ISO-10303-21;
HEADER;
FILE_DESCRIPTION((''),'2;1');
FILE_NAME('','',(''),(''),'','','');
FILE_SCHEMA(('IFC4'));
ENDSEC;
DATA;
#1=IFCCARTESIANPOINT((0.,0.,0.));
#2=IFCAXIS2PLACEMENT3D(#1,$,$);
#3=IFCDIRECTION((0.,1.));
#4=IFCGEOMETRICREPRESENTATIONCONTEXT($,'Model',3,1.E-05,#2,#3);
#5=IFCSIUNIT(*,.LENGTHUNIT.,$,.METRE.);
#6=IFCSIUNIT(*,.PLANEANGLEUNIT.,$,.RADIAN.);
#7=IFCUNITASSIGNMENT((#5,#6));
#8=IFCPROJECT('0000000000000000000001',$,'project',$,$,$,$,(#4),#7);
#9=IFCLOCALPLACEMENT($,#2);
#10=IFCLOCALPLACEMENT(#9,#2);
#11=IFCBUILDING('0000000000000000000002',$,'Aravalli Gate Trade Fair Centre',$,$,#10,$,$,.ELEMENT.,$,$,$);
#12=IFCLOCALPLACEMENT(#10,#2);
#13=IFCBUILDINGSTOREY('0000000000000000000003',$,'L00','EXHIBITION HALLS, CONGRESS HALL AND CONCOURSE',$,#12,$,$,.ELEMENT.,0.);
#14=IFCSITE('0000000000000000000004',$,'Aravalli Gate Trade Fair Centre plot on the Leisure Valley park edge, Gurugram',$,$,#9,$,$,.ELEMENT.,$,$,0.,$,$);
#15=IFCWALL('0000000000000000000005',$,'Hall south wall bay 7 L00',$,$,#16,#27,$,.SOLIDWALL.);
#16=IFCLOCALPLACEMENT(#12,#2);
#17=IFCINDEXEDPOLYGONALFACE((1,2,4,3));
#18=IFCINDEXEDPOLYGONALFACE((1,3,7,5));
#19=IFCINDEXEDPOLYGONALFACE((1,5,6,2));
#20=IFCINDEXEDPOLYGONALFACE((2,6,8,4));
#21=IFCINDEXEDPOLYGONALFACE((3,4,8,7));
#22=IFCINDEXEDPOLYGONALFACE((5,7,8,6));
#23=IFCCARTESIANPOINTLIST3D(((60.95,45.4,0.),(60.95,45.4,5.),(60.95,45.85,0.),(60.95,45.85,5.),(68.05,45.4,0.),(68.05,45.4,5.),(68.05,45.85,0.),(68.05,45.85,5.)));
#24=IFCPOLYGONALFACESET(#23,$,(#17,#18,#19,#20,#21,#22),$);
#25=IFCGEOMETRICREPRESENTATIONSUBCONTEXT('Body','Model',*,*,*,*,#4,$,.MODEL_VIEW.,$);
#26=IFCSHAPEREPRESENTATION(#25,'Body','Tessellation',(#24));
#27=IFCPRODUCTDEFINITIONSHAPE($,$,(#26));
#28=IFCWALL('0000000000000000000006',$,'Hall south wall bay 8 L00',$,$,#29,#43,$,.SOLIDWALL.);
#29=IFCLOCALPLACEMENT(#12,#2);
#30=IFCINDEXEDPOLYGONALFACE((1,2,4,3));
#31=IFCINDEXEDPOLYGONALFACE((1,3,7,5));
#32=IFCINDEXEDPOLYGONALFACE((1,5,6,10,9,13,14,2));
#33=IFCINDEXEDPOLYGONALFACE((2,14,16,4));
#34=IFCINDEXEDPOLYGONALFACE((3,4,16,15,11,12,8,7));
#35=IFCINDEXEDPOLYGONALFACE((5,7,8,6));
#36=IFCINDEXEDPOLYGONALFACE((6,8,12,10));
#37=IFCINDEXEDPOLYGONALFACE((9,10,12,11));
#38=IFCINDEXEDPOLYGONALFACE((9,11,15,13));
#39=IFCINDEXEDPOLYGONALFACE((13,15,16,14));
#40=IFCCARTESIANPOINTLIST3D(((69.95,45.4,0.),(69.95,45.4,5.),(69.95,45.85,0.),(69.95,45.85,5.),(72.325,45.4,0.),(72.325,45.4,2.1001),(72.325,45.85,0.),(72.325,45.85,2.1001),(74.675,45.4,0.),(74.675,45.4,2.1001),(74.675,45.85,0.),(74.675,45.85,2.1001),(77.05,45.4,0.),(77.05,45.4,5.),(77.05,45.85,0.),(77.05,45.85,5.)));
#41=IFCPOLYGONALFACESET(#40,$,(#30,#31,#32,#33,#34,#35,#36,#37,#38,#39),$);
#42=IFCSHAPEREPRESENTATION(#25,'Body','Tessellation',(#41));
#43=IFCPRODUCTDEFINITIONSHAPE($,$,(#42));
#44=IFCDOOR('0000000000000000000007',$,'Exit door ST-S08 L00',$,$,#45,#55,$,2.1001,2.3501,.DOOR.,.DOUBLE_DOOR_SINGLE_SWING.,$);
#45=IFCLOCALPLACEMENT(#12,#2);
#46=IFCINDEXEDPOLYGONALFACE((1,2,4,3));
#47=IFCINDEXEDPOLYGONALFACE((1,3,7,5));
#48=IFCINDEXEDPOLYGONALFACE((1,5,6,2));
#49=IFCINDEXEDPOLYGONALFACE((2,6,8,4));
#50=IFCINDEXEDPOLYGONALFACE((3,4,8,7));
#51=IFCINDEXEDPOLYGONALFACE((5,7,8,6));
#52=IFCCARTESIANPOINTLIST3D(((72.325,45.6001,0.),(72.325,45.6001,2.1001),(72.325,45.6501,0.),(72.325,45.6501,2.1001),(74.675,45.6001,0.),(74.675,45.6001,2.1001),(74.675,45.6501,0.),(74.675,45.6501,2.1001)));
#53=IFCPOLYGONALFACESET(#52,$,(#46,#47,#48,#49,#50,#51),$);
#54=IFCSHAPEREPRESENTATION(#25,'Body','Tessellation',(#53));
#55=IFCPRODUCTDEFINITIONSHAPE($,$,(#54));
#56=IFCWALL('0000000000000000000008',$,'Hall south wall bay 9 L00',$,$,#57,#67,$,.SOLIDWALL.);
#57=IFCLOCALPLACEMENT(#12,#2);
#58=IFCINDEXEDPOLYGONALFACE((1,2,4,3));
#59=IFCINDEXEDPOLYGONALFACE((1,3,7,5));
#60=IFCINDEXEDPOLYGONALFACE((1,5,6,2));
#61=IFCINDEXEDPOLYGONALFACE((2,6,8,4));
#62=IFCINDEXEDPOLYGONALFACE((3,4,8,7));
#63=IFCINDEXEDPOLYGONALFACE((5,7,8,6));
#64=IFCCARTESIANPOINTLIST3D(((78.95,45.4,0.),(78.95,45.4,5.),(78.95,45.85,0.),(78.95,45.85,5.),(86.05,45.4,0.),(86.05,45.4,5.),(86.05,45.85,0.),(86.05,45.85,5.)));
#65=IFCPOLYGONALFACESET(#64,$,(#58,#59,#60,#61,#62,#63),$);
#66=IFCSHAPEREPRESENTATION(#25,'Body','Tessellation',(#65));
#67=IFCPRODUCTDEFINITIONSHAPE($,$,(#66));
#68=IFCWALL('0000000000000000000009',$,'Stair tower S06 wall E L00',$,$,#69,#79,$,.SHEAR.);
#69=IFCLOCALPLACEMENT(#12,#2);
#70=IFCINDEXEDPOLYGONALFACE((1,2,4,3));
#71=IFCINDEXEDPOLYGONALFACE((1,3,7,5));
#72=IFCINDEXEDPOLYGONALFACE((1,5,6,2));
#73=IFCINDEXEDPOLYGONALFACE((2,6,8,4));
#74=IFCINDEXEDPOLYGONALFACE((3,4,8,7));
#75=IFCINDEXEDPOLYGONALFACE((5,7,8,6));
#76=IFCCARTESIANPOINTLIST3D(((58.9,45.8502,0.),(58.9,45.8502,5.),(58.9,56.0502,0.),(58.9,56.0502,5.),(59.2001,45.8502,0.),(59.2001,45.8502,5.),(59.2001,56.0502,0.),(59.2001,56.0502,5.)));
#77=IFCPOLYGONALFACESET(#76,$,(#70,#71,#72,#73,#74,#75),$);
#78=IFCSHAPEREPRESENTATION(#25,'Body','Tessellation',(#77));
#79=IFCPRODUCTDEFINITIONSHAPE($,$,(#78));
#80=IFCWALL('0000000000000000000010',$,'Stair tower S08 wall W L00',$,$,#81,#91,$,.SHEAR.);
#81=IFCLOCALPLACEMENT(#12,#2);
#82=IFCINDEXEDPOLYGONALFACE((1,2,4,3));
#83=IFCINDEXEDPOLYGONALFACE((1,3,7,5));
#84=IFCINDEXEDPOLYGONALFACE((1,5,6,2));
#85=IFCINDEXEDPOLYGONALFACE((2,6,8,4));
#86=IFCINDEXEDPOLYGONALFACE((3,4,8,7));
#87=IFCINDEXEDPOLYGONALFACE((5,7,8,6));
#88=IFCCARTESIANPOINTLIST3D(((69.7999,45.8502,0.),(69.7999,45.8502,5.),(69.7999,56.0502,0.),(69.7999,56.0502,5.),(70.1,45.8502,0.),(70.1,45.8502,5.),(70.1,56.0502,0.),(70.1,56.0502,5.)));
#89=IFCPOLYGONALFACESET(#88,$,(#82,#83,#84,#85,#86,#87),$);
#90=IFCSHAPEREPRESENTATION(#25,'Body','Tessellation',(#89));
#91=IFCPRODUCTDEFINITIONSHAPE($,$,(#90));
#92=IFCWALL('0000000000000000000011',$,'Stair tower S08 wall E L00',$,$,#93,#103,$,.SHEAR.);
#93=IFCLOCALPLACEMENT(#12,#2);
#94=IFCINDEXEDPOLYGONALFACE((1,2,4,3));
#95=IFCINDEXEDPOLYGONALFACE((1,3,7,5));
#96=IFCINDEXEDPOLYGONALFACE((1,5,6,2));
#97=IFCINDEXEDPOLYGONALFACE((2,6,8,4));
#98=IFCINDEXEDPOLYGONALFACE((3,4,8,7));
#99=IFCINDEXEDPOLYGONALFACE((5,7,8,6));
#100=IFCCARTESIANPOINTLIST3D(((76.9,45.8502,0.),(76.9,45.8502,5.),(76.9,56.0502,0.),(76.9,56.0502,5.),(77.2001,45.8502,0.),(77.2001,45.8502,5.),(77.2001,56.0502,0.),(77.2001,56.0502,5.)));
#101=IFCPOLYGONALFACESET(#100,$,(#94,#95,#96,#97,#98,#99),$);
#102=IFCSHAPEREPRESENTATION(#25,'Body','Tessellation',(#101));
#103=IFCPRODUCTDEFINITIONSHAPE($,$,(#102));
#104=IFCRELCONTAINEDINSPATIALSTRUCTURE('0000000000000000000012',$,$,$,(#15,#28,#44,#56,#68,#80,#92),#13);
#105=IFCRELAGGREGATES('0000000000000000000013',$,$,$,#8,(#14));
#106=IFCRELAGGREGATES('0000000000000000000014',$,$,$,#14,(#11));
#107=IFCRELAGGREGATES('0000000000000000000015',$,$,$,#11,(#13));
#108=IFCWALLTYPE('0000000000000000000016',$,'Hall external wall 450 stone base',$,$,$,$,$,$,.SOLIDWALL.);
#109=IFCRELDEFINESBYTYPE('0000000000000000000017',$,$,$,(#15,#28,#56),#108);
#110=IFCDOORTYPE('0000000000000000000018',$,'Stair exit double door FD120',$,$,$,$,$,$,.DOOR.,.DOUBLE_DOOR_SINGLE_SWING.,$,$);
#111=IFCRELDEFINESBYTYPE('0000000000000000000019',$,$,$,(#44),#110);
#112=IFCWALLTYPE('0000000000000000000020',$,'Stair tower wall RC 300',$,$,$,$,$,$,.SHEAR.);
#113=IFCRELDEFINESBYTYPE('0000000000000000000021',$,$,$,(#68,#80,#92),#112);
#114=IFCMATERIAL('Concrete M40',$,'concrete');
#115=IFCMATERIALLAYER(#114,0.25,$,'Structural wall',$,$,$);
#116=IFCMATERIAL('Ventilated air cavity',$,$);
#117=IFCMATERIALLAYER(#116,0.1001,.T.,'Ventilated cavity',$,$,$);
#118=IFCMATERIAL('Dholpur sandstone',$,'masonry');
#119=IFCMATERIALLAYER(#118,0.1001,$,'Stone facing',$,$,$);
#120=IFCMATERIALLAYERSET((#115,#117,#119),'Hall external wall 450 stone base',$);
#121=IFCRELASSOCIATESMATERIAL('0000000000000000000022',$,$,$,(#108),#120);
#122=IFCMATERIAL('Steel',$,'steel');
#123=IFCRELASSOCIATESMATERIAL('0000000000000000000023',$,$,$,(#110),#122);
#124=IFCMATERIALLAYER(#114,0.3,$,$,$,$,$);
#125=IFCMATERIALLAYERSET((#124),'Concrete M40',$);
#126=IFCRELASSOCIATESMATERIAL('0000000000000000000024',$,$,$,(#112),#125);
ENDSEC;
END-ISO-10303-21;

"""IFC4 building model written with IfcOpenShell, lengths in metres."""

from ifc_helpers import new_model, si_unit, direction, frame, frame_2d, origin, place, context, subcontext, project, spatial, rectangle, extrude, material, layer, layer_set, type_object, element, fill, save


model = new_model("IFC4")

# Units and contexts
model_context = context("Model", 3, precision=1e-05, world=origin(), true_north=direction((0.0, 1.0)))
body_context = subcontext(model_context, "Body", "Model", "MODEL_VIEW")
ifc_project = project(units=[si_unit("LENGTHUNIT", "METRE"), si_unit("PLANEANGLEUNIT", "RADIAN")], contexts=[model_context])

# Site, building, storey
site_placement = place(None, origin())
site = spatial("IfcSite", under=ifc_project, at=site_placement, Name="Aravalli Gate Trade Fair Centre plot on the Leisure Valley park edge, Gurugram", CompositionType="ELEMENT", RefElevation=0.0)
building_placement = place(site_placement, origin())
building = spatial("IfcBuilding", under=site, at=building_placement, Name="Aravalli Gate Trade Fair Centre", CompositionType="ELEMENT")
storey_placement = place(building_placement, origin())
storey = spatial("IfcBuildingStorey", under=building, at=storey_placement, Name="L00", Description="EXHIBITION HALLS, CONGRESS HALL AND CONCOURSE", CompositionType="ELEMENT", Elevation=0.0)

# Shared definitions
ifc_material_1 = material(Name="Steel", Category="steel")

# Wall
ifc_material_2 = material(Name="Concrete M40", Category="concrete")
ifc_layer_1 = layer(ifc_material_2, 0.25, Name="Structural wall")
ifc_material_3 = material(Name="Ventilated air cavity")
ifc_layer_2 = layer(ifc_material_3, 0.1001, ventilated=True, Name="Ventilated cavity")
ifc_material_4 = material(Name="Dholpur sandstone", Category="masonry")
ifc_layer_3 = layer(ifc_material_4, 0.1001, Name="Stone facing")
ifc_layer_set_1 = layer_set([ifc_layer_1, ifc_layer_2, ifc_layer_3], Name="Hall external wall 450 stone base")
wall_type_1 = type_object("IfcWallType", Name="Hall external wall 450 stone base", PredefinedType="SOLIDWALL", material=ifc_layer_set_1)
wall_1_placement = place(storey_placement, frame((60.95, 45.625, 0.0), z_axis=(0.0, 0.0, 1.0), x_axis=(1.0, 0.0, 0.0)))
element("IfcWall", 1, at=wall_1_placement, inside=storey, type_object=wall_type_1, Name="Hall south wall bay 7 L00", PredefinedType="SOLIDWALL", context=body_context, shape_type="SweptSolid", body=[
    extrude(rectangle(XDim=7.1001, YDim=0.45, at=frame_2d((3.55, 0.0))), origin(), (0.0, 0.0, 1.0), 5.0),
])

# Wall, opening, door
wall_2_placement = place(storey_placement, frame((69.95, 45.625, 0.0), z_axis=(0.0, 0.0, 1.0), x_axis=(1.0, 0.0, 0.0)))
wall_2 = element("IfcWall", 2, at=wall_2_placement, inside=storey, type_object=wall_type_1, Name="Hall south wall bay 8 L00", PredefinedType="SOLIDWALL", context=body_context, shape_type="SweptSolid", body=[
    extrude(rectangle(XDim=7.1001, YDim=0.45, at=frame_2d((3.55, 0.0))), origin(), (0.0, 0.0, 1.0), 5.0),
])
opening_1_placement = place(wall_2_placement, frame((2.375, 0.0, 0.0)))
opening_1 = element("IfcOpeningElement", 3, at=opening_1_placement, cuts=wall_2, PredefinedType="OPENING", context=body_context, shape_type="SweptSolid", body=[
    extrude(rectangle(XDim=2.3501, YDim=2.1001, at=frame_2d((1.175, 1.05))), frame((0.0, 0.2349, 0.0), z_axis=(0.0, -1.0, 0.0), x_axis=(1.0, 0.0, 0.0)), (0.0, 0.0, 1.0), 0.47),
])
door_type_1 = type_object("IfcDoorType", Name="Stair exit double door FD120", OperationType="DOUBLE_DOOR_SINGLE_SWING", PredefinedType="DOOR", material=ifc_material_1)
door_1_placement = place(opening_1_placement, frame((2.3501, 0.0, 0.0), z_axis=(0.0, 0.0, 1.0), x_axis=(-1.0, 0.0, 0.0)))
door_1 = element("IfcDoor", 4, at=door_1_placement, inside=storey, type_object=door_type_1, Name="Exit door ST-S08 L00", OperationType="DOUBLE_DOOR_SINGLE_SWING", OverallHeight=2.1001, OverallWidth=2.3501, PredefinedType="DOOR", context=body_context, shape_type="SweptSolid", body=[
    extrude(rectangle(XDim=2.3501, YDim=2.1001, at=frame_2d((1.175, 1.05))), frame((0.0, 0.0249, 0.0), z_axis=(0.0, -1.0, 0.0), x_axis=(1.0, 0.0, 0.0)), (0.0, 0.0, 1.0), 0.05),
])
fill(opening_1, door_1)

# Walls
wall_3_placement = place(storey_placement, frame((78.95, 45.625, 0.0), z_axis=(0.0, 0.0, 1.0), x_axis=(1.0, 0.0, 0.0)))
element("IfcWall", 5, at=wall_3_placement, inside=storey, type_object=wall_type_1, Name="Hall south wall bay 9 L00", PredefinedType="SOLIDWALL", context=body_context, shape_type="SweptSolid", body=[
    extrude(rectangle(XDim=7.1001, YDim=0.45, at=frame_2d((3.55, 0.0))), origin(), (0.0, 0.0, 1.0), 5.0),
])
ifc_layer_4 = layer(ifc_material_2, 0.3)
ifc_layer_set_2 = layer_set([ifc_layer_4], Name="Concrete M40")
wall_type_2 = type_object("IfcWallType", Name="Stair tower wall RC 300", PredefinedType="SHEAR", material=ifc_layer_set_2)
for number, where, z_axis, x_axis, name in (
    (6, (59.05, 45.8501, 0.0), (0.0, 0.0, 1.0), (0.0, 1.0, 0.0), "Stair tower S06 wall E L00"),
    (7, (69.95, 45.8501, 0.0), (0.0, 0.0, 1.0), (0.0, 1.0, 0.0), "Stair tower S08 wall W L00"),
    (8, (77.05, 45.8501, 0.0), (0.0, 0.0, 1.0), (0.0, 1.0, 0.0), "Stair tower S08 wall E L00"),
):
    element("IfcWall", number, at=place(storey_placement, frame(where, z_axis=z_axis, x_axis=x_axis)), inside=storey, type_object=wall_type_2, Name=name, PredefinedType="SHEAR", context=body_context, shape_type="SweptSolid", body=[
        extrude(rectangle(XDim=10.2, YDim=0.3, at=frame_2d((5.1001, 0.0))), origin(), (0.0, 0.0, 1.0), 5.0),
    ])

save(model, "model.ifc")
